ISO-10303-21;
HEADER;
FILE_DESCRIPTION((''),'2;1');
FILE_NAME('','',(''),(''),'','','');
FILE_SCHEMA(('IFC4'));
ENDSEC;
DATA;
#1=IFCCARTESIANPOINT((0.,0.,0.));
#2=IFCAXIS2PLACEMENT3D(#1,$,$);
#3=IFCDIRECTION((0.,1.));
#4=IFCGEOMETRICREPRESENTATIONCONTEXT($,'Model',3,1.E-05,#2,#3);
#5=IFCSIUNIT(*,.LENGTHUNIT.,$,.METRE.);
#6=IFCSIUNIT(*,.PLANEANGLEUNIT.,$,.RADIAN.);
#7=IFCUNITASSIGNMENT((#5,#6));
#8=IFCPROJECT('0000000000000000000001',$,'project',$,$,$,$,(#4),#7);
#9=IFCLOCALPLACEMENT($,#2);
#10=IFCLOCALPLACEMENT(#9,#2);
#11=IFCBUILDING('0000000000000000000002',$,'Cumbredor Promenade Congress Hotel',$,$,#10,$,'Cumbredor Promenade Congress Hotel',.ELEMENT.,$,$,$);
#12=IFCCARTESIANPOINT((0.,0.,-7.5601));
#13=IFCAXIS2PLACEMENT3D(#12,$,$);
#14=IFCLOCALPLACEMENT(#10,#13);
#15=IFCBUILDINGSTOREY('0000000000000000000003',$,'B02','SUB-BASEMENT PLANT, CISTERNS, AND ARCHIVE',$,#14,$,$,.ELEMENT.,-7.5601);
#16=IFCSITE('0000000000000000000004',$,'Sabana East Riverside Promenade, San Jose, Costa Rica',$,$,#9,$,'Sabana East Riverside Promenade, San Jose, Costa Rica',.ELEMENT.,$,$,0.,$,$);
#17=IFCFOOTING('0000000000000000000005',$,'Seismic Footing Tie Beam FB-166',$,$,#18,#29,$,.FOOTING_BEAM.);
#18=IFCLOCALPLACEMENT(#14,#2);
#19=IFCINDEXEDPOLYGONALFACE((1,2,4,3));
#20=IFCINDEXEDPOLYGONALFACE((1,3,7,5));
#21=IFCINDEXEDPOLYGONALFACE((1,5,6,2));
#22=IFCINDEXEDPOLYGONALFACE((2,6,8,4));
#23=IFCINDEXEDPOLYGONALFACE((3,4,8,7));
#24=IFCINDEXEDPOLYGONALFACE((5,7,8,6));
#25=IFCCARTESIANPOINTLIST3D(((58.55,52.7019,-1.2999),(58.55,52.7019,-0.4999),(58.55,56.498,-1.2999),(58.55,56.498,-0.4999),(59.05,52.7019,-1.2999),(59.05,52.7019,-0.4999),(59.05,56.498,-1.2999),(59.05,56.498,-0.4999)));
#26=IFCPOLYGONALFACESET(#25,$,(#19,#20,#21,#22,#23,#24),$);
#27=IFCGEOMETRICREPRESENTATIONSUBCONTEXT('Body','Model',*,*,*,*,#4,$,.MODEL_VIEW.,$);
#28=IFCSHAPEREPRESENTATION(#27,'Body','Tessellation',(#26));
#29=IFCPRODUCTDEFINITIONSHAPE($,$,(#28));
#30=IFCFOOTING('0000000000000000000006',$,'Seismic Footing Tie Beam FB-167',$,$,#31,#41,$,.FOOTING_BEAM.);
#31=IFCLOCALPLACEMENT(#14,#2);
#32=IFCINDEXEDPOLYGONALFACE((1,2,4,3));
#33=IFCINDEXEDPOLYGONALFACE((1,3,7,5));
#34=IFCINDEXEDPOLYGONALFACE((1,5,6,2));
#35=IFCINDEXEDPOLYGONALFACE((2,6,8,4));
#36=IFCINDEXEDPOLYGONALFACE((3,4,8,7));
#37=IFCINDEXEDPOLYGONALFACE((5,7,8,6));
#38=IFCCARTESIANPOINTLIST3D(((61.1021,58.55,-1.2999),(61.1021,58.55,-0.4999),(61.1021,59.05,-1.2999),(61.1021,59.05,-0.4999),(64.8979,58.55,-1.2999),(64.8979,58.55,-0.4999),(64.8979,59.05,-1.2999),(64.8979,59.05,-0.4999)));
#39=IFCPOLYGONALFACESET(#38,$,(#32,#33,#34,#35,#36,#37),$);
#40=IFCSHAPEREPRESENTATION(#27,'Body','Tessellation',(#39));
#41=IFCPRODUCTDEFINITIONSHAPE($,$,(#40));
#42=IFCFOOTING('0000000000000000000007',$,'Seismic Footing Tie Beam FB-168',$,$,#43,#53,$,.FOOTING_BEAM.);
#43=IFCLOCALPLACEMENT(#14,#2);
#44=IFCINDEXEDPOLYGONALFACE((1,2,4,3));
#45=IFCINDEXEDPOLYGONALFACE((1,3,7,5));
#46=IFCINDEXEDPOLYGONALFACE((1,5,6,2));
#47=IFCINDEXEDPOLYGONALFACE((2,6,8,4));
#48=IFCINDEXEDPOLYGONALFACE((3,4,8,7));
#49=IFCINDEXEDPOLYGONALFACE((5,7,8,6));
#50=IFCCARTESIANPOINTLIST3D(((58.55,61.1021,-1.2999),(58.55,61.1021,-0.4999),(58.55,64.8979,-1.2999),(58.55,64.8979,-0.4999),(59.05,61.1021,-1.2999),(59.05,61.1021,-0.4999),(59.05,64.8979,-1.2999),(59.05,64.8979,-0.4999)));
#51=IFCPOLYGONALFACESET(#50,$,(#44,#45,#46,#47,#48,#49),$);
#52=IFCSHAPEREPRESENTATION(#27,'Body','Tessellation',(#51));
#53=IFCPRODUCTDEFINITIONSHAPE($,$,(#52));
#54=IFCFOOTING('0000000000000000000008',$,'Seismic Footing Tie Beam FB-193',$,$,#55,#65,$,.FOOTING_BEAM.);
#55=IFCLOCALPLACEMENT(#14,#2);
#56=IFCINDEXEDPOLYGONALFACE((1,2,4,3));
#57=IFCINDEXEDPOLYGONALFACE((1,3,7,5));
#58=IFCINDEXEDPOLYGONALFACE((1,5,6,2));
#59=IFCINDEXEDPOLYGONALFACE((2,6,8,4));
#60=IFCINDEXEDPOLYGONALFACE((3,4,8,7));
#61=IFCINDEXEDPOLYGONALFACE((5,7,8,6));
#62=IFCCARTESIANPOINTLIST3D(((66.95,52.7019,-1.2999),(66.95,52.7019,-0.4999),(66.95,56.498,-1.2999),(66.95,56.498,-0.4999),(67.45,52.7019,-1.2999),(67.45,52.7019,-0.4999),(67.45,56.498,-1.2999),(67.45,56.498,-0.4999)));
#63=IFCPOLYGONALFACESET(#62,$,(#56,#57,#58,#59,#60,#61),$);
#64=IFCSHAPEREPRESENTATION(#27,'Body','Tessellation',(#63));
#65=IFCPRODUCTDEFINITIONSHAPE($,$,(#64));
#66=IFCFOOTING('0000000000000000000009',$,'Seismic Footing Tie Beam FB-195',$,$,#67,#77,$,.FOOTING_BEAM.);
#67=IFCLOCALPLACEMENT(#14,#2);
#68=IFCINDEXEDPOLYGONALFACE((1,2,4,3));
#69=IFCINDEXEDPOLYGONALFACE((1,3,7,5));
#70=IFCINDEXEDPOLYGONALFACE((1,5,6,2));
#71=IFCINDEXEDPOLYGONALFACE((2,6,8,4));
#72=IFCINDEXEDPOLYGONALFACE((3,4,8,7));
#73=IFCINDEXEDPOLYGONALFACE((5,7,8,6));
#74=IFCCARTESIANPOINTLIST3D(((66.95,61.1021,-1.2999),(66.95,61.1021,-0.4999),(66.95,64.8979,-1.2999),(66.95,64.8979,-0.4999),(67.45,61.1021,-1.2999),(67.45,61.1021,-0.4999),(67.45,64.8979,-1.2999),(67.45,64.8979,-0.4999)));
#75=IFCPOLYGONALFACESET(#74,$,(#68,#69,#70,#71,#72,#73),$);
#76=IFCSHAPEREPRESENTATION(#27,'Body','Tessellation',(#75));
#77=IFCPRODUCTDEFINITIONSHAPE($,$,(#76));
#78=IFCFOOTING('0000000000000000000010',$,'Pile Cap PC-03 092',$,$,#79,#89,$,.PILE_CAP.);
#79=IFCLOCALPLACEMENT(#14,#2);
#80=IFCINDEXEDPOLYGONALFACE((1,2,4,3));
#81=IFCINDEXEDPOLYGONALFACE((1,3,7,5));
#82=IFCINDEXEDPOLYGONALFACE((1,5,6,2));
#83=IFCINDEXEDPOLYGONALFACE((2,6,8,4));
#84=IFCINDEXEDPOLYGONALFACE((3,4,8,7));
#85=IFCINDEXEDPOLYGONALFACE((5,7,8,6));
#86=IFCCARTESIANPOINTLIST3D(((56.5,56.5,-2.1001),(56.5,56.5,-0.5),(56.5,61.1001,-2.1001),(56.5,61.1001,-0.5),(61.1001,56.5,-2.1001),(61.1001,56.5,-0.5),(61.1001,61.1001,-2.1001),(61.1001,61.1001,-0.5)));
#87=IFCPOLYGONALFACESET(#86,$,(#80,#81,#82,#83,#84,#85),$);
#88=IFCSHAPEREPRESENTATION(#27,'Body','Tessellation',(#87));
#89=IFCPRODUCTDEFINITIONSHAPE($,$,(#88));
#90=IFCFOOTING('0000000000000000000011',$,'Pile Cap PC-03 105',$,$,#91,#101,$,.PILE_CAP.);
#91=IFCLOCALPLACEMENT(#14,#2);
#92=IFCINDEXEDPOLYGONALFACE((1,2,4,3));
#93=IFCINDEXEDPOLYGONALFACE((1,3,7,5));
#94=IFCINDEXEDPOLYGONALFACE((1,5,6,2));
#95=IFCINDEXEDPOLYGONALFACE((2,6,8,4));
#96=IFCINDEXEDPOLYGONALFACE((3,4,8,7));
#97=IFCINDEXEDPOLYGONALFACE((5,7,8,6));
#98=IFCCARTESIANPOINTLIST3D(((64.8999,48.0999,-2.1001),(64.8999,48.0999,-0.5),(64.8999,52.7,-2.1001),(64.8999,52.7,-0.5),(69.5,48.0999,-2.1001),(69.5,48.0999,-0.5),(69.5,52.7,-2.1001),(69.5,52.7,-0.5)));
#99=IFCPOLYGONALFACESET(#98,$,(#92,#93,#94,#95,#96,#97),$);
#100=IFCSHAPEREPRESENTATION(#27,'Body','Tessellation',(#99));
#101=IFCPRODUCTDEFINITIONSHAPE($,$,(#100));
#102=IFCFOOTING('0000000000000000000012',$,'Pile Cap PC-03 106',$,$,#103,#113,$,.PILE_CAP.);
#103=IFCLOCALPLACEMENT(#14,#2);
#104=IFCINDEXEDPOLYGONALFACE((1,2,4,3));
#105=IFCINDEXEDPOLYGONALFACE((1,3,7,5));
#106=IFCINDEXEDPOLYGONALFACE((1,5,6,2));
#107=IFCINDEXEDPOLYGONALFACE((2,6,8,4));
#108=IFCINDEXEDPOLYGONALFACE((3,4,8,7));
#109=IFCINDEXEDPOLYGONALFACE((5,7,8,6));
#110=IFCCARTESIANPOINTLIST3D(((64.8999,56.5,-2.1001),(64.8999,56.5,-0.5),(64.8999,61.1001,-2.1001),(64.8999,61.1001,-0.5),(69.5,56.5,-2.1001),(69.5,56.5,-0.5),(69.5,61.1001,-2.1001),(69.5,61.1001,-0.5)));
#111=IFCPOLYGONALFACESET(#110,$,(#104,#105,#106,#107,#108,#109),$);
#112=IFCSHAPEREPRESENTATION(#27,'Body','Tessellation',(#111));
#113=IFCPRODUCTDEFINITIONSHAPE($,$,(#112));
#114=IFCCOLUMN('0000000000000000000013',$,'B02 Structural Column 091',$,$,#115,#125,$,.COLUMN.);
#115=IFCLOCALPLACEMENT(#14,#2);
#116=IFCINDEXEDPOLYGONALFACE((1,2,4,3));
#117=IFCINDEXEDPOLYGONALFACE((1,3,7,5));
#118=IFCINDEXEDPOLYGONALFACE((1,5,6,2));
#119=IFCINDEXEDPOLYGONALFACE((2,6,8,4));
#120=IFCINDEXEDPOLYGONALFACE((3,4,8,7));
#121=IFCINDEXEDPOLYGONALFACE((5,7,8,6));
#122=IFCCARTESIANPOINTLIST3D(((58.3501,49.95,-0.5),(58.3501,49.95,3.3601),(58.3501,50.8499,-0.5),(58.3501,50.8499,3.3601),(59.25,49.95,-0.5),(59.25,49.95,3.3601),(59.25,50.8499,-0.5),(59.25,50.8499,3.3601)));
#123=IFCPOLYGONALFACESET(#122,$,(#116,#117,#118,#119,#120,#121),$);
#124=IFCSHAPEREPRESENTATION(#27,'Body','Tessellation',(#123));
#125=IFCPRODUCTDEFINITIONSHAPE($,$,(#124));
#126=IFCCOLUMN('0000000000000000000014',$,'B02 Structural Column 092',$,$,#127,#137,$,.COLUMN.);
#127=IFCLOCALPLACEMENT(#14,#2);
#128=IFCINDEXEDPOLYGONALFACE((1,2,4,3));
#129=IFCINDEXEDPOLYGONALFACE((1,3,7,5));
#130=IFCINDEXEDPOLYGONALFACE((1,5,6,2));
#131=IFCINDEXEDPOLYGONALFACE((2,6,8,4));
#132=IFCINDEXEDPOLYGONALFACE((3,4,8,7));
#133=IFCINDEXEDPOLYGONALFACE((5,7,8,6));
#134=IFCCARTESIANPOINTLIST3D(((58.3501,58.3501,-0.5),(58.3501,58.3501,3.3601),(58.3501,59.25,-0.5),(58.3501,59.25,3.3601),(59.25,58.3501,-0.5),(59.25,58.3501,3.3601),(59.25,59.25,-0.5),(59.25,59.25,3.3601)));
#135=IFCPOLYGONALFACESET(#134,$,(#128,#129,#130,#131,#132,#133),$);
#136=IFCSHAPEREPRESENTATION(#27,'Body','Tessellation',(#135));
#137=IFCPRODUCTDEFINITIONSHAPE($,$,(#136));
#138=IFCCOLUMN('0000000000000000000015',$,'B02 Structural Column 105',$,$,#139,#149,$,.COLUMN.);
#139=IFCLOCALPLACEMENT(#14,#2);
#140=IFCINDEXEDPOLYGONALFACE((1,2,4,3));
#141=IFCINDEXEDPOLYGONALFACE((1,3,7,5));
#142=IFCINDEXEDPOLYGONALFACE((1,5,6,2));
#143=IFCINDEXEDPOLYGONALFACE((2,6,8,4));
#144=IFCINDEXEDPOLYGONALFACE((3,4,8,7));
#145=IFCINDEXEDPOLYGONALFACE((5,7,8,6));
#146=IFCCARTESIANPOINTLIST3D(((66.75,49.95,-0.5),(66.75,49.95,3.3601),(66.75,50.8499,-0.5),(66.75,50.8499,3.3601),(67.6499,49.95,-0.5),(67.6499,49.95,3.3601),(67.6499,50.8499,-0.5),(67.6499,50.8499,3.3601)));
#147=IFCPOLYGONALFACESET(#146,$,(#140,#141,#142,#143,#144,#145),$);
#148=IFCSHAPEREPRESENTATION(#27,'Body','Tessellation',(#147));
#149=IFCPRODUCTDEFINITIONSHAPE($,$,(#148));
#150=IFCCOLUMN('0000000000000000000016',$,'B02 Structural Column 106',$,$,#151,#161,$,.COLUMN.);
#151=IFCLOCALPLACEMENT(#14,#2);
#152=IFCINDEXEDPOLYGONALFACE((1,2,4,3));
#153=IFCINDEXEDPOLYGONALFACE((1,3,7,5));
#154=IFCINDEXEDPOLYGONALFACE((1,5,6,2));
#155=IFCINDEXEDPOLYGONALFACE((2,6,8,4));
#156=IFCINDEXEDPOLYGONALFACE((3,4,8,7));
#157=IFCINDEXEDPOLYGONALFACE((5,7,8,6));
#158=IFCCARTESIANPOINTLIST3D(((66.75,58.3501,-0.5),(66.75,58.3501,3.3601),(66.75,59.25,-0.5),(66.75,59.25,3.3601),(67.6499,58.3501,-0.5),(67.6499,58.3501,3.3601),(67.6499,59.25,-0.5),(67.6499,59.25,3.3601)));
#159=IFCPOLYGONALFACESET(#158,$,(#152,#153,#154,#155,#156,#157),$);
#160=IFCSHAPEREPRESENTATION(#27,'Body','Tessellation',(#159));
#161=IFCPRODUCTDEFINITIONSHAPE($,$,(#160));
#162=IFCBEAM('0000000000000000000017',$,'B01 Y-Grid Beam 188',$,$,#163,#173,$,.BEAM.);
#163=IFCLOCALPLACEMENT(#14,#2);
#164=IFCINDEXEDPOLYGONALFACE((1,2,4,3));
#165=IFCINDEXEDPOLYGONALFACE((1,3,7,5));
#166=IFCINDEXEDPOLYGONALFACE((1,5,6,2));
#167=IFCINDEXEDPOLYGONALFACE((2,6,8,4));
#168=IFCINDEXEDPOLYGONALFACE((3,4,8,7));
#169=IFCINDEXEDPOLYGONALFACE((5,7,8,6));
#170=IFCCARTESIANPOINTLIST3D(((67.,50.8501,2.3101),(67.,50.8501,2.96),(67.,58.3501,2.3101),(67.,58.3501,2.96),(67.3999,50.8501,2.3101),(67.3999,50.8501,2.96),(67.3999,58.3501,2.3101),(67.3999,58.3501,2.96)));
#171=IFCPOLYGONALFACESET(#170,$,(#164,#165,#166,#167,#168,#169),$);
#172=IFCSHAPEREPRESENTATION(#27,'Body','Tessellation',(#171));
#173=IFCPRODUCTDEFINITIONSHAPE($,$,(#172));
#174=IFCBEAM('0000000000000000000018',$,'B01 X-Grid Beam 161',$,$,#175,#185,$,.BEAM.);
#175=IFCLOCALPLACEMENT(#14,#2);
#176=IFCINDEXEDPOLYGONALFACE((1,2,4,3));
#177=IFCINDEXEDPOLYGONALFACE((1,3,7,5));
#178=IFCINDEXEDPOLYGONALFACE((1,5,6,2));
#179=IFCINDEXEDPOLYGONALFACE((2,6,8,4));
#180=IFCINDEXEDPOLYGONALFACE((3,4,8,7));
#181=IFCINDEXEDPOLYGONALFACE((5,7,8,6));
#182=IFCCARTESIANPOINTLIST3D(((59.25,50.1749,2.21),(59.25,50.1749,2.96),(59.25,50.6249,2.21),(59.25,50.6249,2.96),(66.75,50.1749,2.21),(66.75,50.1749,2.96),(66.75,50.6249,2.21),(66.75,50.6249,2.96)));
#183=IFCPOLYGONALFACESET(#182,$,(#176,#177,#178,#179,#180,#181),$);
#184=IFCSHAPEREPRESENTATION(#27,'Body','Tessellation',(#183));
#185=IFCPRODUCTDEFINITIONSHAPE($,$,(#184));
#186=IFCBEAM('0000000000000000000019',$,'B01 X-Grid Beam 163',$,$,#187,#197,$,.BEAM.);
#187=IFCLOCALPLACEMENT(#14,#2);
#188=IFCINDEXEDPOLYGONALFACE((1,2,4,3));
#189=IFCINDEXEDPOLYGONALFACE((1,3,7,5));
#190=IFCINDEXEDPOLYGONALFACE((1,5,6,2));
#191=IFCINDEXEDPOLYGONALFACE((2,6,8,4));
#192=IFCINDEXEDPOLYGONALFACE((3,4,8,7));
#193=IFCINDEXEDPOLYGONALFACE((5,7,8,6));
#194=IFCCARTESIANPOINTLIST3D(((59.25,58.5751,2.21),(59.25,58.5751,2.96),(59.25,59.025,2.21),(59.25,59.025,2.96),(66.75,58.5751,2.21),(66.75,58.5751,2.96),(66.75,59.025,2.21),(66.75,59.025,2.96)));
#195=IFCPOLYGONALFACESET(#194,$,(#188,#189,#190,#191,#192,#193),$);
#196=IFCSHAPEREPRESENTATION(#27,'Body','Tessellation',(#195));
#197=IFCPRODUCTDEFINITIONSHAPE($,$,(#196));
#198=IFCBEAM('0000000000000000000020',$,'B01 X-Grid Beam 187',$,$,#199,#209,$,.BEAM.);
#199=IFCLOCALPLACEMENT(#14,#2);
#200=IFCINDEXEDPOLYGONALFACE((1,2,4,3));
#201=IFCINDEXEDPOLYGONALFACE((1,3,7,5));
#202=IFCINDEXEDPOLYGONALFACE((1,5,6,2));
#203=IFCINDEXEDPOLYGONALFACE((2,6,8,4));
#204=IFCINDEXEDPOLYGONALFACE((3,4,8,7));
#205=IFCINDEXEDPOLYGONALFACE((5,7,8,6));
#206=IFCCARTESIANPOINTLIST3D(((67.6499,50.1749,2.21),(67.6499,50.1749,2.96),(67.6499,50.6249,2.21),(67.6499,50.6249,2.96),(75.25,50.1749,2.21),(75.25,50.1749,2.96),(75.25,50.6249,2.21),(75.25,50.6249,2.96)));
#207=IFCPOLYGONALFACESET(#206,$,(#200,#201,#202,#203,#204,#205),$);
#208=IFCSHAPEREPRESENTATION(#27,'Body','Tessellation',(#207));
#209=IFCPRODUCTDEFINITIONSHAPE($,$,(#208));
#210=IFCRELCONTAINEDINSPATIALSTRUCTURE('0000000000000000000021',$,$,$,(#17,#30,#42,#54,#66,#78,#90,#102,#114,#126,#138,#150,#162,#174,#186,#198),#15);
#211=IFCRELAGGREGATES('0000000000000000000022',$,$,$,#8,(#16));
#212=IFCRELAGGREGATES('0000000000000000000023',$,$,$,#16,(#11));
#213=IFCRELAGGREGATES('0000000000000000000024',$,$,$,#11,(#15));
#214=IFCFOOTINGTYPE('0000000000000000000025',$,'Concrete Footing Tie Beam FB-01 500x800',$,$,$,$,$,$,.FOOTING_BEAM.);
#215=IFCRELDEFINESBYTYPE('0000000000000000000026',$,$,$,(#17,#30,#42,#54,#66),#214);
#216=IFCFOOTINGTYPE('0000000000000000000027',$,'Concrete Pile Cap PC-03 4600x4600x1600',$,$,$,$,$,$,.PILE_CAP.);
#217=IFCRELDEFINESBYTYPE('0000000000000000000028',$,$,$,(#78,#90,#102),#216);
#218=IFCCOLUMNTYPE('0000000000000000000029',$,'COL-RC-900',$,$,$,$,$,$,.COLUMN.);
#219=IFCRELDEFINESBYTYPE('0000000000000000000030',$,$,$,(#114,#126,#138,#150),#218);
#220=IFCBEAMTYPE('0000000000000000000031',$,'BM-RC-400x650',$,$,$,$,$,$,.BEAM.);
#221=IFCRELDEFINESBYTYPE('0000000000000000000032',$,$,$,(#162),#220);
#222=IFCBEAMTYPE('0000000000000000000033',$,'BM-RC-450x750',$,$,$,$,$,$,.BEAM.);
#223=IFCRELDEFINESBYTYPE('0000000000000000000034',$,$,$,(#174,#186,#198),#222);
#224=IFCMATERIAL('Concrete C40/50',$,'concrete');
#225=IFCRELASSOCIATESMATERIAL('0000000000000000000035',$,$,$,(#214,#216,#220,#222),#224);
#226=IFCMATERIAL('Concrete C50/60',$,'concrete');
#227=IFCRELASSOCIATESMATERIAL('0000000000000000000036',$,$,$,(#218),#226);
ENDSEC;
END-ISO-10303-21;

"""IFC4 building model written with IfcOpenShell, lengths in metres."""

from ifc_helpers import new_model, si_unit, direction, frame, origin, origin_2d, place, context, subcontext, project, spatial, rectangle, extrude, material, material_profile, profile_set, type_object, element, save


model = new_model("IFC4")

# Units and contexts
model_context = context("Model", 3, precision=1e-05, world=origin(), true_north=direction((0.0, 1.0)))
body_context = subcontext(model_context, "Body", "Model", "MODEL_VIEW")
ifc_project = project(units=[si_unit("LENGTHUNIT", "METRE"), si_unit("PLANEANGLEUNIT", "RADIAN")], contexts=[model_context])

# Site, building, storey
site_placement = place(None, origin())
site = spatial("IfcSite", under=ifc_project, at=site_placement, Name="Sabana East Riverside Promenade, San Jose, Costa Rica", LongName="Sabana East Riverside Promenade, San Jose, Costa Rica", CompositionType="ELEMENT", RefElevation=0.0)
building_placement = place(site_placement, origin())
building = spatial("IfcBuilding", under=site, at=building_placement, Name="Cumbredor Promenade Congress Hotel", LongName="Cumbredor Promenade Congress Hotel", CompositionType="ELEMENT")
storey_placement = place(building_placement, frame((0.0, 0.0, -7.5601)))
storey = spatial("IfcBuildingStorey", under=building, at=storey_placement, Name="B02", Description="SUB-BASEMENT PLANT, CISTERNS, AND ARCHIVE", CompositionType="ELEMENT", Elevation=-7.5601)

# Shared definitions
ifc_material_1 = material(Name="Concrete C40/50", Category="concrete")

# Footings
ifc_material_profile_1 = material_profile(ifc_material_1, rectangle(XDim=0.5, YDim=0.8, at=origin_2d()), Name="FB 500x800")
ifc_profile_set_1 = profile_set([ifc_material_profile_1], Name="Concrete C40/50")
footing_type_1 = type_object("IfcFootingType", Name="Concrete Footing Tie Beam FB-01 500x800", PredefinedType="FOOTING_BEAM", material=ifc_profile_set_1)
footing_1_placement = place(storey_placement, frame((58.8, 52.7019, -0.8999), z_axis=(0.0, 1.0, 0.0), x_axis=(-1.0, 0.0, 0.0)))
element("IfcFooting", 1, at=footing_1_placement, inside=storey, type_object=footing_type_1, Name="Seismic Footing Tie Beam FB-166", PredefinedType="FOOTING_BEAM", context=body_context, shape_type="SweptSolid", body=[
    extrude(rectangle(XDim=0.5, YDim=0.8, at=origin_2d()), origin(), (0.0, 0.0, 1.0), 3.7961),
])
for number, where, z_axis, x_axis, name in (
    (2, (61.1021, 58.8, -0.8999), (1.0, 0.0, 0.0), (0.0, 1.0, 0.0), "Seismic Footing Tie Beam FB-167"),
    (3, (58.8, 61.1021, -0.8999), (0.0, 1.0, 0.0), (-1.0, 0.0, 0.0), "Seismic Footing Tie Beam FB-168"),
):
    element("IfcFooting", number, at=place(storey_placement, frame(where, z_axis=z_axis, x_axis=x_axis)), inside=storey, type_object=footing_type_1, Name=name, PredefinedType="FOOTING_BEAM", context=body_context, shape_type="SweptSolid", body=[
        extrude(rectangle(XDim=0.5, YDim=0.8, at=origin_2d()), origin(), (0.0, 0.0, 1.0), 3.7959),
    ])
footing_2_placement = place(storey_placement, frame((67.2, 52.7019, -0.8999), z_axis=(0.0, 1.0, 0.0), x_axis=(-1.0, 0.0, 0.0)))
element("IfcFooting", 4, at=footing_2_placement, inside=storey, type_object=footing_type_1, Name="Seismic Footing Tie Beam FB-193", PredefinedType="FOOTING_BEAM", context=body_context, shape_type="SweptSolid", body=[
    extrude(rectangle(XDim=0.5, YDim=0.8, at=origin_2d()), origin(), (0.0, 0.0, 1.0), 3.7961),
])
footing_3_placement = place(storey_placement, frame((67.2, 61.1021, -0.8999), z_axis=(0.0, 1.0, 0.0), x_axis=(-1.0, 0.0, 0.0)))
element("IfcFooting", 5, at=footing_3_placement, inside=storey, type_object=footing_type_1, Name="Seismic Footing Tie Beam FB-195", PredefinedType="FOOTING_BEAM", context=body_context, shape_type="SweptSolid", body=[
    extrude(rectangle(XDim=0.5, YDim=0.8, at=origin_2d()), origin(), (0.0, 0.0, 1.0), 3.7959),
])
footing_type_2 = type_object("IfcFootingType", Name="Concrete Pile Cap PC-03 4600x4600x1600", PredefinedType="PILE_CAP", material=ifc_material_1)
for number, where, z_axis, x_axis, name in (
    (6, (58.8, 58.8, -2.1001), (0.0, 0.0, 1.0), (1.0, 0.0, 0.0), "Pile Cap PC-03 092"),
    (7, (67.2, 50.3999, -2.1001), (0.0, 0.0, 1.0), (1.0, 0.0, 0.0), "Pile Cap PC-03 105"),
    (8, (67.2, 58.8, -2.1001), (0.0, 0.0, 1.0), (1.0, 0.0, 0.0), "Pile Cap PC-03 106"),
):
    element("IfcFooting", number, at=place(storey_placement, frame(where, z_axis=z_axis, x_axis=x_axis)), inside=storey, type_object=footing_type_2, Name=name, PredefinedType="PILE_CAP", context=body_context, shape_type="SweptSolid", body=[
        extrude(rectangle(XDim=4.6001, YDim=4.6001, at=origin_2d()), origin(), (0.0, 0.0, 1.0), 1.6001),
    ])

# Columns
ifc_material_2 = material(Name="Concrete C50/60", Category="concrete")
ifc_material_profile_2 = material_profile(ifc_material_2, rectangle(XDim=0.8999, YDim=0.8999, at=origin_2d()), Name="RC 900x900")
ifc_profile_set_2 = profile_set([ifc_material_profile_2], Name="Concrete C50/60")
column_type = type_object("IfcColumnType", Name="COL-RC-900", PredefinedType="COLUMN", material=ifc_profile_set_2)
for number, where, z_axis, x_axis, name in (
    (9, (58.8, 50.3999, -0.5), (0.0, 0.0, 1.0), (1.0, 0.0, 0.0), "B02 Structural Column 091"),
    (10, (58.8, 58.8, -0.5), (0.0, 0.0, 1.0), (1.0, 0.0, 0.0), "B02 Structural Column 092"),
    (11, (67.2, 50.3999, -0.5), (0.0, 0.0, 1.0), (1.0, 0.0, 0.0), "B02 Structural Column 105"),
    (12, (67.2, 58.8, -0.5), (0.0, 0.0, 1.0), (1.0, 0.0, 0.0), "B02 Structural Column 106"),
):
    element("IfcColumn", number, at=place(storey_placement, frame(where, z_axis=z_axis, x_axis=x_axis)), inside=storey, type_object=column_type, Name=name, PredefinedType="COLUMN", context=body_context, shape_type="SweptSolid", body=[
        extrude(rectangle(XDim=0.8999, YDim=0.8999, at=origin_2d()), origin(), (0.0, 0.0, 1.0), 3.8601),
    ])

# Beams
ifc_material_profile_3 = material_profile(ifc_material_1, rectangle(XDim=0.3999, YDim=0.6499, at=origin_2d()), Name="RC BEAM 400x650")
ifc_profile_set_3 = profile_set([ifc_material_profile_3], Name="Concrete C40/50")
beam_type_1 = type_object("IfcBeamType", Name="BM-RC-400x650", PredefinedType="BEAM", material=ifc_profile_set_3)
beam_1_placement = place(storey_placement, frame((67.2, 50.8501, 2.635), z_axis=(0.0, 1.0, 0.0), x_axis=(-1.0, 0.0, 0.0)))
element("IfcBeam", 13, at=beam_1_placement, inside=storey, type_object=beam_type_1, Name="B01 Y-Grid Beam 188", PredefinedType="BEAM", context=body_context, shape_type="SweptSolid", body=[
    extrude(rectangle(XDim=0.3999, YDim=0.6499, at=origin_2d()), origin(), (0.0, 0.0, 1.0), 7.5),
])
ifc_material_profile_4 = material_profile(ifc_material_1, rectangle(XDim=0.45, YDim=0.75, at=origin_2d()), Name="RC BEAM 450x750")
ifc_profile_set_4 = profile_set([ifc_material_profile_4], Name="Concrete C40/50")
beam_type_2 = type_object("IfcBeamType", Name="BM-RC-450x750", PredefinedType="BEAM", material=ifc_profile_set_4)
for number, where, z_axis, x_axis, name in (
    (14, (59.25, 50.3999, 2.585), (1.0, 0.0, 0.0), (0.0, 1.0, 0.0), "B01 X-Grid Beam 161"),
    (15, (59.25, 58.8, 2.585), (1.0, 0.0, 0.0), (0.0, 1.0, 0.0), "B01 X-Grid Beam 163"),
):
    element("IfcBeam", number, at=place(storey_placement, frame(where, z_axis=z_axis, x_axis=x_axis)), inside=storey, type_object=beam_type_2, Name=name, PredefinedType="BEAM", context=body_context, shape_type="SweptSolid", body=[
        extrude(rectangle(XDim=0.45, YDim=0.75, at=origin_2d()), origin(), (0.0, 0.0, 1.0), 7.5),
    ])
beam_2_placement = place(storey_placement, frame((67.6499, 50.3999, 2.585), z_axis=(1.0, 0.0, 0.0), x_axis=(0.0, 1.0, 0.0)))
element("IfcBeam", 16, at=beam_2_placement, inside=storey, type_object=beam_type_2, Name="B01 X-Grid Beam 187", PredefinedType="BEAM", context=body_context, shape_type="SweptSolid", body=[
    extrude(rectangle(XDim=0.45, YDim=0.75, at=origin_2d()), origin(), (0.0, 0.0, 1.0), 7.6001),
])

save(model, "model.ifc")
